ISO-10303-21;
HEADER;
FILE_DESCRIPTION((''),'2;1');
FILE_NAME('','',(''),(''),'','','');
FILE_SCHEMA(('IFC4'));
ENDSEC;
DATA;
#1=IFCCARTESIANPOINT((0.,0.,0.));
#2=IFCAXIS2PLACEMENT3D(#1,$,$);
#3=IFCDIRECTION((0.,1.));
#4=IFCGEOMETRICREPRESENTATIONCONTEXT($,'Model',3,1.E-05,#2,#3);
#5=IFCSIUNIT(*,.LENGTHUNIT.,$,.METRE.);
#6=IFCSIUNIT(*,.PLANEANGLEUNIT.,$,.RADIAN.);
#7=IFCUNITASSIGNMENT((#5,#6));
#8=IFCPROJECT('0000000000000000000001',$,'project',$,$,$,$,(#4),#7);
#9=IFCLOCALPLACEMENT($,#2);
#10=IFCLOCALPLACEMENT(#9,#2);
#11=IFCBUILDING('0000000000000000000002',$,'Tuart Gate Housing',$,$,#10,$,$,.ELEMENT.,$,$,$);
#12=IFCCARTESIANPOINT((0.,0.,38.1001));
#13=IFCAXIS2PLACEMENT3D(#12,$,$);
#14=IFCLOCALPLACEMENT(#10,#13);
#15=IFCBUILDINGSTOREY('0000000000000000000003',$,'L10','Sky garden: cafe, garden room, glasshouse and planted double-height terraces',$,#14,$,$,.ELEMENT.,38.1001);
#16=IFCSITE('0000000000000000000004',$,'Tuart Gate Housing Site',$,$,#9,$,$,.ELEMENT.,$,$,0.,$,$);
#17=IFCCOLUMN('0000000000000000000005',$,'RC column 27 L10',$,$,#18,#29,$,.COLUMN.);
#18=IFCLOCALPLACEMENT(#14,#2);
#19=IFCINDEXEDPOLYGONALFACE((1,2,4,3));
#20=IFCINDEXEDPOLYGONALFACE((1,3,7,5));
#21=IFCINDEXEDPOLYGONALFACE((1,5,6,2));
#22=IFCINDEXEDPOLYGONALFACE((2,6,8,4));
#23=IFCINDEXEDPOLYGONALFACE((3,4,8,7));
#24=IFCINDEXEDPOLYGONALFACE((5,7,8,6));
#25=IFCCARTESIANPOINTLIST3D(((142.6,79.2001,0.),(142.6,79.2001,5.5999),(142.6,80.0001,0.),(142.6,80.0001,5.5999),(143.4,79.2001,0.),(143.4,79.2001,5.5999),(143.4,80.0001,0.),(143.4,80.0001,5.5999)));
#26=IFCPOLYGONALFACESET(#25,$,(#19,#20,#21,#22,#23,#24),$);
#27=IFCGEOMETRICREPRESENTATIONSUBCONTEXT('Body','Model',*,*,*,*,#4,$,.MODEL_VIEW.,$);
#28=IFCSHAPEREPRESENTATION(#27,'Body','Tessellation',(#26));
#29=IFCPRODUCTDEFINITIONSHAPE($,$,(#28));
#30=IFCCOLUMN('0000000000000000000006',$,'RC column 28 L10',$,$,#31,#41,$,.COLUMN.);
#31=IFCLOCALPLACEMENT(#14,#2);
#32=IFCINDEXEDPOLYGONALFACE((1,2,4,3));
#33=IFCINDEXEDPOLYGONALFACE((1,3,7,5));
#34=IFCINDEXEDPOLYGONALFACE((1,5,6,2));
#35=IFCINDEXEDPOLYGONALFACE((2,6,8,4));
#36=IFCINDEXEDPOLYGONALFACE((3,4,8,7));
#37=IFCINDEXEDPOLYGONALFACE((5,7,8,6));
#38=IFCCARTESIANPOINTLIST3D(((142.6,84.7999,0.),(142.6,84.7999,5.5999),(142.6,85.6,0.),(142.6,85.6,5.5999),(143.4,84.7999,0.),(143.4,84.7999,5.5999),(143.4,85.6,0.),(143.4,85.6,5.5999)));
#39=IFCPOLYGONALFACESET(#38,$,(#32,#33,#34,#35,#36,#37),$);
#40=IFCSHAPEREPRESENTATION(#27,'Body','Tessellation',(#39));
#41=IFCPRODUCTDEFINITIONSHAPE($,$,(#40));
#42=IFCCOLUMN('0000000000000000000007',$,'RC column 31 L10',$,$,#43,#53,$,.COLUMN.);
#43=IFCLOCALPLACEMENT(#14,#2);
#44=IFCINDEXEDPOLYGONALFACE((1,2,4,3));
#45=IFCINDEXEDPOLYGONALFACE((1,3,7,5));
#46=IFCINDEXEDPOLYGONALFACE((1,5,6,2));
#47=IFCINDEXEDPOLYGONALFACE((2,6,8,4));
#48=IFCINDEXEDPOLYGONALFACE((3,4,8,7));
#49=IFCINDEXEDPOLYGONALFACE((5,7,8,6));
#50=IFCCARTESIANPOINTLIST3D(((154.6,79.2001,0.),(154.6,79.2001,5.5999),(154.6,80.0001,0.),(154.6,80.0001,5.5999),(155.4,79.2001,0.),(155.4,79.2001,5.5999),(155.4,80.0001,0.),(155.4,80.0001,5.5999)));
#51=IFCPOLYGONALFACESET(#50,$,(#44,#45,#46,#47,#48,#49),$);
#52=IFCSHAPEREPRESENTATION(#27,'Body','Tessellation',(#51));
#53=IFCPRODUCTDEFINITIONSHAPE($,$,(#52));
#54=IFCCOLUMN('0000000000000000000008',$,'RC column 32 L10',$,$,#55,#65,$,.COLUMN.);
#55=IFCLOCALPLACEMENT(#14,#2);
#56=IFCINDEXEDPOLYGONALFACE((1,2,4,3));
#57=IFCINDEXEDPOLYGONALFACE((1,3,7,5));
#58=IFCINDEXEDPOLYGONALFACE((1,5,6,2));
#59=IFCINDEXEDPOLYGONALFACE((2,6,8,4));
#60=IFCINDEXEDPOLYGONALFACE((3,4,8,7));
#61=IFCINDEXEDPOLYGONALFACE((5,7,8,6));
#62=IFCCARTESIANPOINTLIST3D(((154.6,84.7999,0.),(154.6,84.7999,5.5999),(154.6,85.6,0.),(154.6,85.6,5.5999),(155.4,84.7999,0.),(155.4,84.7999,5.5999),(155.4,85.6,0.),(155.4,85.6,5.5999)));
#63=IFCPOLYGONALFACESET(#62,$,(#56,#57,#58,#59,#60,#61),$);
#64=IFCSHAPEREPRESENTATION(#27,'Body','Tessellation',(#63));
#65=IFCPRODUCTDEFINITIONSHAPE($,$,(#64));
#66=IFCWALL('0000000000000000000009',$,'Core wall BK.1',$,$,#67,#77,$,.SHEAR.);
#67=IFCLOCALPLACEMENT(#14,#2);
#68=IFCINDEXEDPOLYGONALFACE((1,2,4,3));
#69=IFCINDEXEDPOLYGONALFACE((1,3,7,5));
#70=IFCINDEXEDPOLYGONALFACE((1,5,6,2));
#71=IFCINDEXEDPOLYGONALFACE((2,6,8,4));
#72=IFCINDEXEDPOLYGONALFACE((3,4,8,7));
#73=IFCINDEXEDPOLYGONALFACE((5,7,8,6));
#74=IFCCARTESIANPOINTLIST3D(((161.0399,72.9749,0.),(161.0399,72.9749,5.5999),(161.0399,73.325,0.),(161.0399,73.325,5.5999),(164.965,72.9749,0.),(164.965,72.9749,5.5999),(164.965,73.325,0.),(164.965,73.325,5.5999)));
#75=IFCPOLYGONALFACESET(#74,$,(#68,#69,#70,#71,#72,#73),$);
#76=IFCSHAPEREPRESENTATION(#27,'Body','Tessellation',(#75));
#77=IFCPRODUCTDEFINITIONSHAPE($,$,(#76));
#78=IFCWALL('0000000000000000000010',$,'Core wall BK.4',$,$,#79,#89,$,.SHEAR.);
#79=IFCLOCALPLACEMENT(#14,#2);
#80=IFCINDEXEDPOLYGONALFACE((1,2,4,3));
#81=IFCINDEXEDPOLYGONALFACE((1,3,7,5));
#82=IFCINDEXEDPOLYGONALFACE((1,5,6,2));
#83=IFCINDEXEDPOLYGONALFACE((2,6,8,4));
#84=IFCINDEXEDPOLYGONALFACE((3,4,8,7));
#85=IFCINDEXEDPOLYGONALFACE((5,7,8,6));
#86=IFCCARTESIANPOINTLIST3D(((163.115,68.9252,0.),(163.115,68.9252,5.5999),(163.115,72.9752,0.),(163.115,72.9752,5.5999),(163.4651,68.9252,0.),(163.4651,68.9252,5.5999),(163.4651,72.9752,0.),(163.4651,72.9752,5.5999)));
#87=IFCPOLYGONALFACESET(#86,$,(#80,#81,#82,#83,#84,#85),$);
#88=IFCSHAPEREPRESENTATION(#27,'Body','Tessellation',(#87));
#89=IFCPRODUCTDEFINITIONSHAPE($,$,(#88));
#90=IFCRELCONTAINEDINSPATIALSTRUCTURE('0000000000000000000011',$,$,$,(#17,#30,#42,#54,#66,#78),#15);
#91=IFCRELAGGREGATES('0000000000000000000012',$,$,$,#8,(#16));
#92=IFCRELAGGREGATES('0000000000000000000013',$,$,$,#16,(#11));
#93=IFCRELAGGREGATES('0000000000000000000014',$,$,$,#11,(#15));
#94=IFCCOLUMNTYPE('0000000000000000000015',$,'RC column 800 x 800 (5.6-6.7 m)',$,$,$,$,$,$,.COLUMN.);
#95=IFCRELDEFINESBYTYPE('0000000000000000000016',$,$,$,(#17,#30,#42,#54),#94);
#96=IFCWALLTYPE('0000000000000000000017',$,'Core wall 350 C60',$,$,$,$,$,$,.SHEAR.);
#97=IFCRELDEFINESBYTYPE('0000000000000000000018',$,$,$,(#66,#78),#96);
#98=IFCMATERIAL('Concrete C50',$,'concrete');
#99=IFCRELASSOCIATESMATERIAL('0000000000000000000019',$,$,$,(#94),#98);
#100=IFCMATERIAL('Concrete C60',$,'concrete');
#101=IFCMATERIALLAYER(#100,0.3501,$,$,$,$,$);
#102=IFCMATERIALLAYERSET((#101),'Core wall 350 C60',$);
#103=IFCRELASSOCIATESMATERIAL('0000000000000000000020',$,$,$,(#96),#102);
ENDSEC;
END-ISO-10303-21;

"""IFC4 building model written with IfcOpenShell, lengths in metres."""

from ifc_helpers import new_model, si_unit, direction, frame, frame_2d, origin, origin_2d, place, context, subcontext, project, spatial, rectangle, extrude, material, layer, layer_set, material_profile, profile_set, type_object, element, save


model = new_model("IFC4")

# Units and contexts
model_context = context("Model", 3, precision=1e-05, world=origin(), true_north=direction((0.0, 1.0)))
body_context = subcontext(model_context, "Body", "Model", "MODEL_VIEW")
ifc_project = project(units=[si_unit("LENGTHUNIT", "METRE"), si_unit("PLANEANGLEUNIT", "RADIAN")], contexts=[model_context])

# Site, building, storey
site_placement = place(None, origin())
site = spatial("IfcSite", under=ifc_project, at=site_placement, Name="Tuart Gate Housing Site", CompositionType="ELEMENT", RefElevation=0.0)
building_placement = place(site_placement, origin())
building = spatial("IfcBuilding", under=site, at=building_placement, Name="Tuart Gate Housing", CompositionType="ELEMENT")
storey_placement = place(building_placement, frame((0.0, 0.0, 38.1001)))
storey = spatial("IfcBuildingStorey", under=building, at=storey_placement, Name="L10", Description="Sky garden: cafe, garden room, glasshouse and planted double-height terraces", CompositionType="ELEMENT", Elevation=38.1001)

# Columns
ifc_material_1 = material(Name="Concrete C50", Category="concrete")
ifc_material_profile = material_profile(ifc_material_1, rectangle(XDim=0.8, YDim=0.8, at=origin_2d()), Name="RC column 800 x 800 (5.6-6.7 m)")
ifc_profile_set = profile_set([ifc_material_profile], Name="Concrete C50")
column_type = type_object("IfcColumnType", Name="RC column 800 x 800 (5.6-6.7 m)", PredefinedType="COLUMN", material=ifc_profile_set)
for number, where, z_axis, x_axis, name in (
    (1, (143.0, 79.6001, 0.0), (0.0, 0.0, 1.0), (1.0, 0.0, 0.0), "RC column 27 L10"),
    (2, (143.0, 85.2, 0.0), (0.0, 0.0, 1.0), (1.0, 0.0, 0.0), "RC column 28 L10"),
    (3, (155.0, 79.6001, 0.0), (0.0, 0.0, 1.0), (1.0, 0.0, 0.0), "RC column 31 L10"),
    (4, (155.0, 85.2, 0.0), (0.0, 0.0, 1.0), (1.0, 0.0, 0.0), "RC column 32 L10"),
):
    element("IfcColumn", number, at=place(storey_placement, frame(where, z_axis=z_axis, x_axis=x_axis)), inside=storey, type_object=column_type, Name=name, PredefinedType="COLUMN", context=body_context, shape_type="SweptSolid", body=[
        extrude(rectangle(XDim=0.8, YDim=0.8, at=origin_2d()), origin(), (0.0, 0.0, 1.0), 5.5999),
    ])

# Walls
ifc_material_2 = material(Name="Concrete C60", Category="concrete")
ifc_layer_1 = layer(ifc_material_2, 0.3501)
ifc_layer_set_1 = layer_set([ifc_layer_1], Name="Core wall 350 C60")
wall_type_1 = type_object("IfcWallType", Name="Core wall 350 C60", PredefinedType="SHEAR", material=ifc_layer_set_1)
wall_1_placement = place(storey_placement, frame((161.04, 73.1499, 0.0), z_axis=(0.0, 0.0, 1.0), x_axis=(1.0, 0.0, 0.0)))
element("IfcWall", 5, at=wall_1_placement, inside=storey, type_object=wall_type_1, Name="Core wall BK.1", PredefinedType="SHEAR", context=body_context, shape_type="SweptSolid", body=[
    extrude(rectangle(XDim=3.925, YDim=0.3501, at=frame_2d((1.9624, 0.0))), origin(), (0.0, 0.0, 1.0), 5.5999),
])
wall_2_placement = place(storey_placement, frame((163.29, 72.9751, 0.0), z_axis=(0.0, 0.0, 1.0), x_axis=(0.0, -1.0, 0.0)))
element("IfcWall", 6, at=wall_2_placement, inside=storey, type_object=wall_type_1, Name="Core wall BK.4", PredefinedType="SHEAR", context=body_context, shape_type="SweptSolid", body=[
    extrude(rectangle(XDim=4.05, YDim=0.3501, at=frame_2d((2.0249, 0.0))), origin(), (0.0, 0.0, 1.0), 5.5999),
])

save(model, "model.ifc")
